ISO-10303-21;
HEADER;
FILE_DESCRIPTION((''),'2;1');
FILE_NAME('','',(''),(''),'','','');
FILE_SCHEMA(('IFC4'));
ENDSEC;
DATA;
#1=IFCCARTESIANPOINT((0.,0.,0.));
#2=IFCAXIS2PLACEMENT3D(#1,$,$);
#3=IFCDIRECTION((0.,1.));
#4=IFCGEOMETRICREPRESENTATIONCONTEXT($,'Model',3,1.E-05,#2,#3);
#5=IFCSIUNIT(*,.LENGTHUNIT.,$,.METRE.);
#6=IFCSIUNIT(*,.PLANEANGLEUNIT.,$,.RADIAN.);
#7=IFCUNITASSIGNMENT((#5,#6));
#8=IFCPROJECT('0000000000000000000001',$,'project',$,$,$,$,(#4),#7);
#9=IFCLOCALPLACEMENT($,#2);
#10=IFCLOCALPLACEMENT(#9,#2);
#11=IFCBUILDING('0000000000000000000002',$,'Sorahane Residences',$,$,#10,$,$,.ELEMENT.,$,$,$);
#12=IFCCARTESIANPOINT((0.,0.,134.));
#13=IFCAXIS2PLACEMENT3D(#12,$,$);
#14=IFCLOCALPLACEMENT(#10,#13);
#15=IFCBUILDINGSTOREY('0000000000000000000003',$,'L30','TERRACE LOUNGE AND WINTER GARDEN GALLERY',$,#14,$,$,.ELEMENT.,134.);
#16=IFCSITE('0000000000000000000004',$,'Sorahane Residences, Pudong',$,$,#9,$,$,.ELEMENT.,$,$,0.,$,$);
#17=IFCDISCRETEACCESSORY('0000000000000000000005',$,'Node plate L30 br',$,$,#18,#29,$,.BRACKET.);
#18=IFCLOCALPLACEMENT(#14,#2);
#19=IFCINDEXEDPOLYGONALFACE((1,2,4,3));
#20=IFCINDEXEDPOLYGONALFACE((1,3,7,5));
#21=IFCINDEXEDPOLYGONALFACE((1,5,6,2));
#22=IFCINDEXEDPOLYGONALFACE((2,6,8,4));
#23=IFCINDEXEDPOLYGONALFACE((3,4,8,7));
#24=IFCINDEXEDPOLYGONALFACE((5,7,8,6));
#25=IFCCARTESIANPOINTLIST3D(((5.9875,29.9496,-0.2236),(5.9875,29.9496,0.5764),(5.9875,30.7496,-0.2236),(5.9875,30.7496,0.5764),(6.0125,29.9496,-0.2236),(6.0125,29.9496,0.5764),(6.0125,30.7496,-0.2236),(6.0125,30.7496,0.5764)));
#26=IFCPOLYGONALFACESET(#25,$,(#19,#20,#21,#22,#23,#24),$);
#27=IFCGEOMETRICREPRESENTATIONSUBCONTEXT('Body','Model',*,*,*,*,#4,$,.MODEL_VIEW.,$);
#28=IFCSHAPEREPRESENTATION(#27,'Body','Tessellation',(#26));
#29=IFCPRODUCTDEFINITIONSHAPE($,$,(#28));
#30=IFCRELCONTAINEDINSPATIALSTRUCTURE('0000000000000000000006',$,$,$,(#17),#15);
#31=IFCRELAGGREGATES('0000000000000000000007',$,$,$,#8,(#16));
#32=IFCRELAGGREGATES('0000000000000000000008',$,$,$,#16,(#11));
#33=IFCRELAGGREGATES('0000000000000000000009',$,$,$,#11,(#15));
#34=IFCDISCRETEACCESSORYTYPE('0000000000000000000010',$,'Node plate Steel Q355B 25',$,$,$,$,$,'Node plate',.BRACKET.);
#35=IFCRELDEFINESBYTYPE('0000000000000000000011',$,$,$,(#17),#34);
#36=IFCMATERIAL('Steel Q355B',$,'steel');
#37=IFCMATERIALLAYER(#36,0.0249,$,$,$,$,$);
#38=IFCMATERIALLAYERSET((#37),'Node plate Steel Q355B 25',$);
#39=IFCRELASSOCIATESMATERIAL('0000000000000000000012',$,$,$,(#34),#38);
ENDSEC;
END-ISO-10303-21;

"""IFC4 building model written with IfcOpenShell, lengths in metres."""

from ifc_helpers import new_model, si_unit, direction, frame, origin, origin_2d, place, context, subcontext, project, spatial, rectangle, extrude, material, layer, layer_set, type_object, element, save


model = new_model("IFC4")

# Units and contexts
model_context = context("Model", 3, precision=1e-05, world=origin(), true_north=direction((0.0, 1.0)))
body_context = subcontext(model_context, "Body", "Model", "MODEL_VIEW")
ifc_project = project(units=[si_unit("LENGTHUNIT", "METRE"), si_unit("PLANEANGLEUNIT", "RADIAN")], contexts=[model_context])

# Site, building, storey
site_placement = place(None, origin())
site = spatial("IfcSite", under=ifc_project, at=site_placement, Name="Sorahane Residences, Pudong", CompositionType="ELEMENT", RefElevation=0.0)
building_placement = place(site_placement, origin())
building = spatial("IfcBuilding", under=site, at=building_placement, Name="Sorahane Residences", CompositionType="ELEMENT")
storey_placement = place(building_placement, frame((0.0, 0.0, 134.0)))
storey = spatial("IfcBuildingStorey", under=building, at=storey_placement, Name="L30", Description="TERRACE LOUNGE AND WINTER GARDEN GALLERY", CompositionType="ELEMENT", Elevation=134.0)

# Discrete accessory
ifc_material_1 = material(Name="Steel Q355B", Category="steel")
ifc_layer_1 = layer(ifc_material_1, 0.0249)
ifc_layer_set_1 = layer_set([ifc_layer_1], Name="Node plate Steel Q355B 25")
discrete_accessory_type = type_object("IfcDiscreteAccessoryType", Name="Node plate Steel Q355B 25", ElementType="Node plate", PredefinedType="BRACKET", material=ifc_layer_set_1)
discrete_accessory_placement = place(storey_placement, frame((6.0, 30.3496, -0.2236), z_axis=(0.0, 0.0, 1.0), x_axis=(0.0, 1.0, 0.0)))
element("IfcDiscreteAccessory", 1, at=discrete_accessory_placement, inside=storey, type_object=discrete_accessory_type, Name="Node plate L30 br", PredefinedType="BRACKET", context=body_context, shape_type="SweptSolid", body=[
    extrude(rectangle(XDim=0.8, YDim=0.0249, at=origin_2d()), origin(), (0.0, 0.0, 1.0), 0.8),
])

save(model, "model.ifc")
